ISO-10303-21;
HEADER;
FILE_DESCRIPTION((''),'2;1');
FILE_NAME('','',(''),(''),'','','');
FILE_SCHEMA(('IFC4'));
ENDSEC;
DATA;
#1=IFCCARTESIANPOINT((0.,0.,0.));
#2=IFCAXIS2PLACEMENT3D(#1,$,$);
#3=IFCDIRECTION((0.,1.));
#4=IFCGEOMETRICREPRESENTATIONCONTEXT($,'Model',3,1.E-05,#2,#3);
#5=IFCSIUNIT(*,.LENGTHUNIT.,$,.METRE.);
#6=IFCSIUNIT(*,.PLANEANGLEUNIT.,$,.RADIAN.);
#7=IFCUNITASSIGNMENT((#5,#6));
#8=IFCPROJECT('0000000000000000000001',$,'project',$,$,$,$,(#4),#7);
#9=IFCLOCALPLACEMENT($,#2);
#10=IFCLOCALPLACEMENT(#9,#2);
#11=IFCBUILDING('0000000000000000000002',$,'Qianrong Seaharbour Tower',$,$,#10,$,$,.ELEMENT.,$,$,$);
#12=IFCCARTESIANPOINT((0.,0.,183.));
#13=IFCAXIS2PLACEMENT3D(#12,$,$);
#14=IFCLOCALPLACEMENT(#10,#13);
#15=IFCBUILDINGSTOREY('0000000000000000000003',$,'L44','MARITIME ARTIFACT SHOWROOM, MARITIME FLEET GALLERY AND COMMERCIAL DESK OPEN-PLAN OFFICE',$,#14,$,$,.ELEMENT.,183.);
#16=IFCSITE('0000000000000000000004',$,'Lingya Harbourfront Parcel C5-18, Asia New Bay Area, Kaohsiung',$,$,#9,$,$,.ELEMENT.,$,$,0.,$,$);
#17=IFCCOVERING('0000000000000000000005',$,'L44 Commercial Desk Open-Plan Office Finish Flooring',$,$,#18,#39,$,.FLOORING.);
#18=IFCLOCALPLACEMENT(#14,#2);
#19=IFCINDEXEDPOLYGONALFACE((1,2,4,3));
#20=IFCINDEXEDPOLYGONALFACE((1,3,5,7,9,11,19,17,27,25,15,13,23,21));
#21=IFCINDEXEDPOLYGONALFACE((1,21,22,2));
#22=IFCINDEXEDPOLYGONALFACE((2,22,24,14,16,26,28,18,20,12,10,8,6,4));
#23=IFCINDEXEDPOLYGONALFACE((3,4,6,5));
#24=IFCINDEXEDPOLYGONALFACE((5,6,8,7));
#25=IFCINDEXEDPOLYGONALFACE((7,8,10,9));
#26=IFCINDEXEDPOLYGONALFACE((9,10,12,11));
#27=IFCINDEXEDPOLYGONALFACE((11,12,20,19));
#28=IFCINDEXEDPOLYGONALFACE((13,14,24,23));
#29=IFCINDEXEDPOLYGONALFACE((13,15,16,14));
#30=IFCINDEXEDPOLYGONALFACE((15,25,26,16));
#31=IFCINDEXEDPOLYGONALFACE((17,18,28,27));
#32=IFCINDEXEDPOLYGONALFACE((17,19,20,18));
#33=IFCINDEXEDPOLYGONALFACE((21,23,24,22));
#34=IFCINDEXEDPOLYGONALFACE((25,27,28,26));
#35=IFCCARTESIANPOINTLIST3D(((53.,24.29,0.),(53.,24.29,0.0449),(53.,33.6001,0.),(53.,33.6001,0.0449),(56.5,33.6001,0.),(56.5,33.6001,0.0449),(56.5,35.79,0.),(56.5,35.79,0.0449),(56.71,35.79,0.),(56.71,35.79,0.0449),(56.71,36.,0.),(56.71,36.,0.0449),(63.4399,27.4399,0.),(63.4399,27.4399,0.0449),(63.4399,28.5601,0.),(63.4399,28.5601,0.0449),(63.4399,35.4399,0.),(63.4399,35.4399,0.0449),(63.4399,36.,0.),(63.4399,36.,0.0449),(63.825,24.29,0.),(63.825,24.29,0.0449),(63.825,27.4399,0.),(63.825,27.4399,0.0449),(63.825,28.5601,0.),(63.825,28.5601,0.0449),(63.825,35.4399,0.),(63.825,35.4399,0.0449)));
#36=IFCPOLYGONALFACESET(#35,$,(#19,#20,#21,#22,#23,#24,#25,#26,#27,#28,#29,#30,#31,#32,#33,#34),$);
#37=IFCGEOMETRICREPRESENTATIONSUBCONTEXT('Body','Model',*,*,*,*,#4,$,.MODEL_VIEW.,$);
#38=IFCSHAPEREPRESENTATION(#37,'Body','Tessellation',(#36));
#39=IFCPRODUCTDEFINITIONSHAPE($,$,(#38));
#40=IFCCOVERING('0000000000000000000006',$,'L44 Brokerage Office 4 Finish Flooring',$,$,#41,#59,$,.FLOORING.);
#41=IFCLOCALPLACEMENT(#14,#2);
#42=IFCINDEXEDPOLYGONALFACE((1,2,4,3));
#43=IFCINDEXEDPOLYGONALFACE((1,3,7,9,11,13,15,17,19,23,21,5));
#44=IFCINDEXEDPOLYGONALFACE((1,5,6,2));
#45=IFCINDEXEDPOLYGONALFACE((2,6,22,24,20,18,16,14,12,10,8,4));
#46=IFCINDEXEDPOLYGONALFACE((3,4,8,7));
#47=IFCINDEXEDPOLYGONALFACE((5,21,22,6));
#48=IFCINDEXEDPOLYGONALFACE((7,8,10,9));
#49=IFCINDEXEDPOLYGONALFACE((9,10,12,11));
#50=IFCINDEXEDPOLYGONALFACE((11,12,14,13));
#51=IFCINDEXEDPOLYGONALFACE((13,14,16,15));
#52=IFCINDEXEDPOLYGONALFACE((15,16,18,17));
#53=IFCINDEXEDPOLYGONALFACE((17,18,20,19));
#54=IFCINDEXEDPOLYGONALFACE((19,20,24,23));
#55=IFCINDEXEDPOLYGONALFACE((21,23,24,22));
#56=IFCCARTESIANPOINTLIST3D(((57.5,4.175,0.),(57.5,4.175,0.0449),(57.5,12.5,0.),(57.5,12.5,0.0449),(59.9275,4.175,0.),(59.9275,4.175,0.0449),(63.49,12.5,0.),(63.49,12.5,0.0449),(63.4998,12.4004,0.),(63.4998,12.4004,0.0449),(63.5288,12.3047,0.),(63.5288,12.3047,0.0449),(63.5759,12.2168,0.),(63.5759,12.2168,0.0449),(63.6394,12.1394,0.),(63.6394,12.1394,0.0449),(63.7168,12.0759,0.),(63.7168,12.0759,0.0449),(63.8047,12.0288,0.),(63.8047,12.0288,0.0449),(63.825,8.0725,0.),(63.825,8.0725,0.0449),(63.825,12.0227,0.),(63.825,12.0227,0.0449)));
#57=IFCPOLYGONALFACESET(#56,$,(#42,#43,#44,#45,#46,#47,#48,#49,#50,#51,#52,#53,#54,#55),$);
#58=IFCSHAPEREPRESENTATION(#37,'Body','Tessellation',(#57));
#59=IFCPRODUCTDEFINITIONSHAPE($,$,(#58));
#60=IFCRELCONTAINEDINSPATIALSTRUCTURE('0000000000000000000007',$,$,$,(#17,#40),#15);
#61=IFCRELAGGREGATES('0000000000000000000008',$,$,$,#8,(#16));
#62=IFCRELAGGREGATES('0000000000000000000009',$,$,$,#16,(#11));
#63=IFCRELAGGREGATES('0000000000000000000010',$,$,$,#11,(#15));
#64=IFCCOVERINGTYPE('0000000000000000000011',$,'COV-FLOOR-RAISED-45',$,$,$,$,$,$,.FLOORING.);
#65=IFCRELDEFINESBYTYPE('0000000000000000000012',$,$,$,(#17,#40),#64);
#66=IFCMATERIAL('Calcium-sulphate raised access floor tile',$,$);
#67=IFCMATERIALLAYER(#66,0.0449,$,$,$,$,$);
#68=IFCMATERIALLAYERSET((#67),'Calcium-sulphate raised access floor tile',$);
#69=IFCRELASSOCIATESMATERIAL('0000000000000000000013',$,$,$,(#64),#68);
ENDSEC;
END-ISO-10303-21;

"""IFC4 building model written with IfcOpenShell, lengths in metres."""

from ifc_helpers import new_model, si_unit, direction, frame, origin, place, context, subcontext, project, spatial, polyline, outline, extrude, material, layer, layer_set, type_object, element, save


model = new_model("IFC4")

# Units and contexts
model_context = context("Model", 3, precision=1e-05, world=origin(), true_north=direction((0.0, 1.0)))
body_context = subcontext(model_context, "Body", "Model", "MODEL_VIEW")
ifc_project = project(units=[si_unit("LENGTHUNIT", "METRE"), si_unit("PLANEANGLEUNIT", "RADIAN")], contexts=[model_context])

# Site, building, storey
site_placement = place(None, origin())
site = spatial("IfcSite", under=ifc_project, at=site_placement, Name="Lingya Harbourfront Parcel C5-18, Asia New Bay Area, Kaohsiung", CompositionType="ELEMENT", RefElevation=0.0)
building_placement = place(site_placement, origin())
building = spatial("IfcBuilding", under=site, at=building_placement, Name="Qianrong Seaharbour Tower", CompositionType="ELEMENT")
storey_placement = place(building_placement, frame((0.0, 0.0, 183.0)))
storey = spatial("IfcBuildingStorey", under=building, at=storey_placement, Name="L44", Description="MARITIME ARTIFACT SHOWROOM, MARITIME FLEET GALLERY AND COMMERCIAL DESK OPEN-PLAN OFFICE", CompositionType="ELEMENT", Elevation=183.0)

# Coverings
ifc_material_1 = material(Name="Calcium-sulphate raised access floor tile")
ifc_layer_1 = layer(ifc_material_1, 0.0449)
ifc_layer_set_1 = layer_set([ifc_layer_1], Name="Calcium-sulphate raised access floor tile")
covering_type_1 = type_object("IfcCoveringType", Name="COV-FLOOR-RAISED-45", PredefinedType="FLOORING", material=ifc_layer_set_1)
covering_1_placement = place(storey_placement, origin())
element("IfcCovering", 1, at=covering_1_placement, inside=storey, type_object=covering_type_1, Name="L44 Commercial Desk Open-Plan Office Finish Flooring", PredefinedType="FLOORING", context=body_context, shape_type="SweptSolid", body=[
    extrude(outline(polyline([(56.5, 33.6001), (56.5, 35.79), (56.71, 35.79), (56.71, 36.0), (63.4399, 36.0), (63.4399, 35.4399), (63.825, 35.4399), (63.825, 28.5601), (63.4399, 28.5601), (63.4399, 27.4399), (63.825, 27.4399), (63.825, 24.29), (53.0, 24.29), (53.0, 33.6001), (56.5, 33.6001)])), origin(), (0.0, 0.0, 1.0), 0.0449),
])
covering_2_placement = place(storey_placement, origin())
element("IfcCovering", 2, at=covering_2_placement, inside=storey, type_object=covering_type_1, Name="L44 Brokerage Office 4 Finish Flooring", PredefinedType="FLOORING", context=body_context, shape_type="SweptSolid", body=[
    extrude(outline(polyline([(63.825, 8.0725), (59.9275, 4.175), (57.5, 4.175), (57.5, 12.5), (63.49, 12.5), (63.4998, 12.4004), (63.5288, 12.3047), (63.5759, 12.2168), (63.6394, 12.1394), (63.7168, 12.0759), (63.8047, 12.0288), (63.825, 12.0227), (63.825, 8.0725)])), origin(), (0.0, 0.0, 1.0), 0.0449),
])

save(model, "model.ifc")
